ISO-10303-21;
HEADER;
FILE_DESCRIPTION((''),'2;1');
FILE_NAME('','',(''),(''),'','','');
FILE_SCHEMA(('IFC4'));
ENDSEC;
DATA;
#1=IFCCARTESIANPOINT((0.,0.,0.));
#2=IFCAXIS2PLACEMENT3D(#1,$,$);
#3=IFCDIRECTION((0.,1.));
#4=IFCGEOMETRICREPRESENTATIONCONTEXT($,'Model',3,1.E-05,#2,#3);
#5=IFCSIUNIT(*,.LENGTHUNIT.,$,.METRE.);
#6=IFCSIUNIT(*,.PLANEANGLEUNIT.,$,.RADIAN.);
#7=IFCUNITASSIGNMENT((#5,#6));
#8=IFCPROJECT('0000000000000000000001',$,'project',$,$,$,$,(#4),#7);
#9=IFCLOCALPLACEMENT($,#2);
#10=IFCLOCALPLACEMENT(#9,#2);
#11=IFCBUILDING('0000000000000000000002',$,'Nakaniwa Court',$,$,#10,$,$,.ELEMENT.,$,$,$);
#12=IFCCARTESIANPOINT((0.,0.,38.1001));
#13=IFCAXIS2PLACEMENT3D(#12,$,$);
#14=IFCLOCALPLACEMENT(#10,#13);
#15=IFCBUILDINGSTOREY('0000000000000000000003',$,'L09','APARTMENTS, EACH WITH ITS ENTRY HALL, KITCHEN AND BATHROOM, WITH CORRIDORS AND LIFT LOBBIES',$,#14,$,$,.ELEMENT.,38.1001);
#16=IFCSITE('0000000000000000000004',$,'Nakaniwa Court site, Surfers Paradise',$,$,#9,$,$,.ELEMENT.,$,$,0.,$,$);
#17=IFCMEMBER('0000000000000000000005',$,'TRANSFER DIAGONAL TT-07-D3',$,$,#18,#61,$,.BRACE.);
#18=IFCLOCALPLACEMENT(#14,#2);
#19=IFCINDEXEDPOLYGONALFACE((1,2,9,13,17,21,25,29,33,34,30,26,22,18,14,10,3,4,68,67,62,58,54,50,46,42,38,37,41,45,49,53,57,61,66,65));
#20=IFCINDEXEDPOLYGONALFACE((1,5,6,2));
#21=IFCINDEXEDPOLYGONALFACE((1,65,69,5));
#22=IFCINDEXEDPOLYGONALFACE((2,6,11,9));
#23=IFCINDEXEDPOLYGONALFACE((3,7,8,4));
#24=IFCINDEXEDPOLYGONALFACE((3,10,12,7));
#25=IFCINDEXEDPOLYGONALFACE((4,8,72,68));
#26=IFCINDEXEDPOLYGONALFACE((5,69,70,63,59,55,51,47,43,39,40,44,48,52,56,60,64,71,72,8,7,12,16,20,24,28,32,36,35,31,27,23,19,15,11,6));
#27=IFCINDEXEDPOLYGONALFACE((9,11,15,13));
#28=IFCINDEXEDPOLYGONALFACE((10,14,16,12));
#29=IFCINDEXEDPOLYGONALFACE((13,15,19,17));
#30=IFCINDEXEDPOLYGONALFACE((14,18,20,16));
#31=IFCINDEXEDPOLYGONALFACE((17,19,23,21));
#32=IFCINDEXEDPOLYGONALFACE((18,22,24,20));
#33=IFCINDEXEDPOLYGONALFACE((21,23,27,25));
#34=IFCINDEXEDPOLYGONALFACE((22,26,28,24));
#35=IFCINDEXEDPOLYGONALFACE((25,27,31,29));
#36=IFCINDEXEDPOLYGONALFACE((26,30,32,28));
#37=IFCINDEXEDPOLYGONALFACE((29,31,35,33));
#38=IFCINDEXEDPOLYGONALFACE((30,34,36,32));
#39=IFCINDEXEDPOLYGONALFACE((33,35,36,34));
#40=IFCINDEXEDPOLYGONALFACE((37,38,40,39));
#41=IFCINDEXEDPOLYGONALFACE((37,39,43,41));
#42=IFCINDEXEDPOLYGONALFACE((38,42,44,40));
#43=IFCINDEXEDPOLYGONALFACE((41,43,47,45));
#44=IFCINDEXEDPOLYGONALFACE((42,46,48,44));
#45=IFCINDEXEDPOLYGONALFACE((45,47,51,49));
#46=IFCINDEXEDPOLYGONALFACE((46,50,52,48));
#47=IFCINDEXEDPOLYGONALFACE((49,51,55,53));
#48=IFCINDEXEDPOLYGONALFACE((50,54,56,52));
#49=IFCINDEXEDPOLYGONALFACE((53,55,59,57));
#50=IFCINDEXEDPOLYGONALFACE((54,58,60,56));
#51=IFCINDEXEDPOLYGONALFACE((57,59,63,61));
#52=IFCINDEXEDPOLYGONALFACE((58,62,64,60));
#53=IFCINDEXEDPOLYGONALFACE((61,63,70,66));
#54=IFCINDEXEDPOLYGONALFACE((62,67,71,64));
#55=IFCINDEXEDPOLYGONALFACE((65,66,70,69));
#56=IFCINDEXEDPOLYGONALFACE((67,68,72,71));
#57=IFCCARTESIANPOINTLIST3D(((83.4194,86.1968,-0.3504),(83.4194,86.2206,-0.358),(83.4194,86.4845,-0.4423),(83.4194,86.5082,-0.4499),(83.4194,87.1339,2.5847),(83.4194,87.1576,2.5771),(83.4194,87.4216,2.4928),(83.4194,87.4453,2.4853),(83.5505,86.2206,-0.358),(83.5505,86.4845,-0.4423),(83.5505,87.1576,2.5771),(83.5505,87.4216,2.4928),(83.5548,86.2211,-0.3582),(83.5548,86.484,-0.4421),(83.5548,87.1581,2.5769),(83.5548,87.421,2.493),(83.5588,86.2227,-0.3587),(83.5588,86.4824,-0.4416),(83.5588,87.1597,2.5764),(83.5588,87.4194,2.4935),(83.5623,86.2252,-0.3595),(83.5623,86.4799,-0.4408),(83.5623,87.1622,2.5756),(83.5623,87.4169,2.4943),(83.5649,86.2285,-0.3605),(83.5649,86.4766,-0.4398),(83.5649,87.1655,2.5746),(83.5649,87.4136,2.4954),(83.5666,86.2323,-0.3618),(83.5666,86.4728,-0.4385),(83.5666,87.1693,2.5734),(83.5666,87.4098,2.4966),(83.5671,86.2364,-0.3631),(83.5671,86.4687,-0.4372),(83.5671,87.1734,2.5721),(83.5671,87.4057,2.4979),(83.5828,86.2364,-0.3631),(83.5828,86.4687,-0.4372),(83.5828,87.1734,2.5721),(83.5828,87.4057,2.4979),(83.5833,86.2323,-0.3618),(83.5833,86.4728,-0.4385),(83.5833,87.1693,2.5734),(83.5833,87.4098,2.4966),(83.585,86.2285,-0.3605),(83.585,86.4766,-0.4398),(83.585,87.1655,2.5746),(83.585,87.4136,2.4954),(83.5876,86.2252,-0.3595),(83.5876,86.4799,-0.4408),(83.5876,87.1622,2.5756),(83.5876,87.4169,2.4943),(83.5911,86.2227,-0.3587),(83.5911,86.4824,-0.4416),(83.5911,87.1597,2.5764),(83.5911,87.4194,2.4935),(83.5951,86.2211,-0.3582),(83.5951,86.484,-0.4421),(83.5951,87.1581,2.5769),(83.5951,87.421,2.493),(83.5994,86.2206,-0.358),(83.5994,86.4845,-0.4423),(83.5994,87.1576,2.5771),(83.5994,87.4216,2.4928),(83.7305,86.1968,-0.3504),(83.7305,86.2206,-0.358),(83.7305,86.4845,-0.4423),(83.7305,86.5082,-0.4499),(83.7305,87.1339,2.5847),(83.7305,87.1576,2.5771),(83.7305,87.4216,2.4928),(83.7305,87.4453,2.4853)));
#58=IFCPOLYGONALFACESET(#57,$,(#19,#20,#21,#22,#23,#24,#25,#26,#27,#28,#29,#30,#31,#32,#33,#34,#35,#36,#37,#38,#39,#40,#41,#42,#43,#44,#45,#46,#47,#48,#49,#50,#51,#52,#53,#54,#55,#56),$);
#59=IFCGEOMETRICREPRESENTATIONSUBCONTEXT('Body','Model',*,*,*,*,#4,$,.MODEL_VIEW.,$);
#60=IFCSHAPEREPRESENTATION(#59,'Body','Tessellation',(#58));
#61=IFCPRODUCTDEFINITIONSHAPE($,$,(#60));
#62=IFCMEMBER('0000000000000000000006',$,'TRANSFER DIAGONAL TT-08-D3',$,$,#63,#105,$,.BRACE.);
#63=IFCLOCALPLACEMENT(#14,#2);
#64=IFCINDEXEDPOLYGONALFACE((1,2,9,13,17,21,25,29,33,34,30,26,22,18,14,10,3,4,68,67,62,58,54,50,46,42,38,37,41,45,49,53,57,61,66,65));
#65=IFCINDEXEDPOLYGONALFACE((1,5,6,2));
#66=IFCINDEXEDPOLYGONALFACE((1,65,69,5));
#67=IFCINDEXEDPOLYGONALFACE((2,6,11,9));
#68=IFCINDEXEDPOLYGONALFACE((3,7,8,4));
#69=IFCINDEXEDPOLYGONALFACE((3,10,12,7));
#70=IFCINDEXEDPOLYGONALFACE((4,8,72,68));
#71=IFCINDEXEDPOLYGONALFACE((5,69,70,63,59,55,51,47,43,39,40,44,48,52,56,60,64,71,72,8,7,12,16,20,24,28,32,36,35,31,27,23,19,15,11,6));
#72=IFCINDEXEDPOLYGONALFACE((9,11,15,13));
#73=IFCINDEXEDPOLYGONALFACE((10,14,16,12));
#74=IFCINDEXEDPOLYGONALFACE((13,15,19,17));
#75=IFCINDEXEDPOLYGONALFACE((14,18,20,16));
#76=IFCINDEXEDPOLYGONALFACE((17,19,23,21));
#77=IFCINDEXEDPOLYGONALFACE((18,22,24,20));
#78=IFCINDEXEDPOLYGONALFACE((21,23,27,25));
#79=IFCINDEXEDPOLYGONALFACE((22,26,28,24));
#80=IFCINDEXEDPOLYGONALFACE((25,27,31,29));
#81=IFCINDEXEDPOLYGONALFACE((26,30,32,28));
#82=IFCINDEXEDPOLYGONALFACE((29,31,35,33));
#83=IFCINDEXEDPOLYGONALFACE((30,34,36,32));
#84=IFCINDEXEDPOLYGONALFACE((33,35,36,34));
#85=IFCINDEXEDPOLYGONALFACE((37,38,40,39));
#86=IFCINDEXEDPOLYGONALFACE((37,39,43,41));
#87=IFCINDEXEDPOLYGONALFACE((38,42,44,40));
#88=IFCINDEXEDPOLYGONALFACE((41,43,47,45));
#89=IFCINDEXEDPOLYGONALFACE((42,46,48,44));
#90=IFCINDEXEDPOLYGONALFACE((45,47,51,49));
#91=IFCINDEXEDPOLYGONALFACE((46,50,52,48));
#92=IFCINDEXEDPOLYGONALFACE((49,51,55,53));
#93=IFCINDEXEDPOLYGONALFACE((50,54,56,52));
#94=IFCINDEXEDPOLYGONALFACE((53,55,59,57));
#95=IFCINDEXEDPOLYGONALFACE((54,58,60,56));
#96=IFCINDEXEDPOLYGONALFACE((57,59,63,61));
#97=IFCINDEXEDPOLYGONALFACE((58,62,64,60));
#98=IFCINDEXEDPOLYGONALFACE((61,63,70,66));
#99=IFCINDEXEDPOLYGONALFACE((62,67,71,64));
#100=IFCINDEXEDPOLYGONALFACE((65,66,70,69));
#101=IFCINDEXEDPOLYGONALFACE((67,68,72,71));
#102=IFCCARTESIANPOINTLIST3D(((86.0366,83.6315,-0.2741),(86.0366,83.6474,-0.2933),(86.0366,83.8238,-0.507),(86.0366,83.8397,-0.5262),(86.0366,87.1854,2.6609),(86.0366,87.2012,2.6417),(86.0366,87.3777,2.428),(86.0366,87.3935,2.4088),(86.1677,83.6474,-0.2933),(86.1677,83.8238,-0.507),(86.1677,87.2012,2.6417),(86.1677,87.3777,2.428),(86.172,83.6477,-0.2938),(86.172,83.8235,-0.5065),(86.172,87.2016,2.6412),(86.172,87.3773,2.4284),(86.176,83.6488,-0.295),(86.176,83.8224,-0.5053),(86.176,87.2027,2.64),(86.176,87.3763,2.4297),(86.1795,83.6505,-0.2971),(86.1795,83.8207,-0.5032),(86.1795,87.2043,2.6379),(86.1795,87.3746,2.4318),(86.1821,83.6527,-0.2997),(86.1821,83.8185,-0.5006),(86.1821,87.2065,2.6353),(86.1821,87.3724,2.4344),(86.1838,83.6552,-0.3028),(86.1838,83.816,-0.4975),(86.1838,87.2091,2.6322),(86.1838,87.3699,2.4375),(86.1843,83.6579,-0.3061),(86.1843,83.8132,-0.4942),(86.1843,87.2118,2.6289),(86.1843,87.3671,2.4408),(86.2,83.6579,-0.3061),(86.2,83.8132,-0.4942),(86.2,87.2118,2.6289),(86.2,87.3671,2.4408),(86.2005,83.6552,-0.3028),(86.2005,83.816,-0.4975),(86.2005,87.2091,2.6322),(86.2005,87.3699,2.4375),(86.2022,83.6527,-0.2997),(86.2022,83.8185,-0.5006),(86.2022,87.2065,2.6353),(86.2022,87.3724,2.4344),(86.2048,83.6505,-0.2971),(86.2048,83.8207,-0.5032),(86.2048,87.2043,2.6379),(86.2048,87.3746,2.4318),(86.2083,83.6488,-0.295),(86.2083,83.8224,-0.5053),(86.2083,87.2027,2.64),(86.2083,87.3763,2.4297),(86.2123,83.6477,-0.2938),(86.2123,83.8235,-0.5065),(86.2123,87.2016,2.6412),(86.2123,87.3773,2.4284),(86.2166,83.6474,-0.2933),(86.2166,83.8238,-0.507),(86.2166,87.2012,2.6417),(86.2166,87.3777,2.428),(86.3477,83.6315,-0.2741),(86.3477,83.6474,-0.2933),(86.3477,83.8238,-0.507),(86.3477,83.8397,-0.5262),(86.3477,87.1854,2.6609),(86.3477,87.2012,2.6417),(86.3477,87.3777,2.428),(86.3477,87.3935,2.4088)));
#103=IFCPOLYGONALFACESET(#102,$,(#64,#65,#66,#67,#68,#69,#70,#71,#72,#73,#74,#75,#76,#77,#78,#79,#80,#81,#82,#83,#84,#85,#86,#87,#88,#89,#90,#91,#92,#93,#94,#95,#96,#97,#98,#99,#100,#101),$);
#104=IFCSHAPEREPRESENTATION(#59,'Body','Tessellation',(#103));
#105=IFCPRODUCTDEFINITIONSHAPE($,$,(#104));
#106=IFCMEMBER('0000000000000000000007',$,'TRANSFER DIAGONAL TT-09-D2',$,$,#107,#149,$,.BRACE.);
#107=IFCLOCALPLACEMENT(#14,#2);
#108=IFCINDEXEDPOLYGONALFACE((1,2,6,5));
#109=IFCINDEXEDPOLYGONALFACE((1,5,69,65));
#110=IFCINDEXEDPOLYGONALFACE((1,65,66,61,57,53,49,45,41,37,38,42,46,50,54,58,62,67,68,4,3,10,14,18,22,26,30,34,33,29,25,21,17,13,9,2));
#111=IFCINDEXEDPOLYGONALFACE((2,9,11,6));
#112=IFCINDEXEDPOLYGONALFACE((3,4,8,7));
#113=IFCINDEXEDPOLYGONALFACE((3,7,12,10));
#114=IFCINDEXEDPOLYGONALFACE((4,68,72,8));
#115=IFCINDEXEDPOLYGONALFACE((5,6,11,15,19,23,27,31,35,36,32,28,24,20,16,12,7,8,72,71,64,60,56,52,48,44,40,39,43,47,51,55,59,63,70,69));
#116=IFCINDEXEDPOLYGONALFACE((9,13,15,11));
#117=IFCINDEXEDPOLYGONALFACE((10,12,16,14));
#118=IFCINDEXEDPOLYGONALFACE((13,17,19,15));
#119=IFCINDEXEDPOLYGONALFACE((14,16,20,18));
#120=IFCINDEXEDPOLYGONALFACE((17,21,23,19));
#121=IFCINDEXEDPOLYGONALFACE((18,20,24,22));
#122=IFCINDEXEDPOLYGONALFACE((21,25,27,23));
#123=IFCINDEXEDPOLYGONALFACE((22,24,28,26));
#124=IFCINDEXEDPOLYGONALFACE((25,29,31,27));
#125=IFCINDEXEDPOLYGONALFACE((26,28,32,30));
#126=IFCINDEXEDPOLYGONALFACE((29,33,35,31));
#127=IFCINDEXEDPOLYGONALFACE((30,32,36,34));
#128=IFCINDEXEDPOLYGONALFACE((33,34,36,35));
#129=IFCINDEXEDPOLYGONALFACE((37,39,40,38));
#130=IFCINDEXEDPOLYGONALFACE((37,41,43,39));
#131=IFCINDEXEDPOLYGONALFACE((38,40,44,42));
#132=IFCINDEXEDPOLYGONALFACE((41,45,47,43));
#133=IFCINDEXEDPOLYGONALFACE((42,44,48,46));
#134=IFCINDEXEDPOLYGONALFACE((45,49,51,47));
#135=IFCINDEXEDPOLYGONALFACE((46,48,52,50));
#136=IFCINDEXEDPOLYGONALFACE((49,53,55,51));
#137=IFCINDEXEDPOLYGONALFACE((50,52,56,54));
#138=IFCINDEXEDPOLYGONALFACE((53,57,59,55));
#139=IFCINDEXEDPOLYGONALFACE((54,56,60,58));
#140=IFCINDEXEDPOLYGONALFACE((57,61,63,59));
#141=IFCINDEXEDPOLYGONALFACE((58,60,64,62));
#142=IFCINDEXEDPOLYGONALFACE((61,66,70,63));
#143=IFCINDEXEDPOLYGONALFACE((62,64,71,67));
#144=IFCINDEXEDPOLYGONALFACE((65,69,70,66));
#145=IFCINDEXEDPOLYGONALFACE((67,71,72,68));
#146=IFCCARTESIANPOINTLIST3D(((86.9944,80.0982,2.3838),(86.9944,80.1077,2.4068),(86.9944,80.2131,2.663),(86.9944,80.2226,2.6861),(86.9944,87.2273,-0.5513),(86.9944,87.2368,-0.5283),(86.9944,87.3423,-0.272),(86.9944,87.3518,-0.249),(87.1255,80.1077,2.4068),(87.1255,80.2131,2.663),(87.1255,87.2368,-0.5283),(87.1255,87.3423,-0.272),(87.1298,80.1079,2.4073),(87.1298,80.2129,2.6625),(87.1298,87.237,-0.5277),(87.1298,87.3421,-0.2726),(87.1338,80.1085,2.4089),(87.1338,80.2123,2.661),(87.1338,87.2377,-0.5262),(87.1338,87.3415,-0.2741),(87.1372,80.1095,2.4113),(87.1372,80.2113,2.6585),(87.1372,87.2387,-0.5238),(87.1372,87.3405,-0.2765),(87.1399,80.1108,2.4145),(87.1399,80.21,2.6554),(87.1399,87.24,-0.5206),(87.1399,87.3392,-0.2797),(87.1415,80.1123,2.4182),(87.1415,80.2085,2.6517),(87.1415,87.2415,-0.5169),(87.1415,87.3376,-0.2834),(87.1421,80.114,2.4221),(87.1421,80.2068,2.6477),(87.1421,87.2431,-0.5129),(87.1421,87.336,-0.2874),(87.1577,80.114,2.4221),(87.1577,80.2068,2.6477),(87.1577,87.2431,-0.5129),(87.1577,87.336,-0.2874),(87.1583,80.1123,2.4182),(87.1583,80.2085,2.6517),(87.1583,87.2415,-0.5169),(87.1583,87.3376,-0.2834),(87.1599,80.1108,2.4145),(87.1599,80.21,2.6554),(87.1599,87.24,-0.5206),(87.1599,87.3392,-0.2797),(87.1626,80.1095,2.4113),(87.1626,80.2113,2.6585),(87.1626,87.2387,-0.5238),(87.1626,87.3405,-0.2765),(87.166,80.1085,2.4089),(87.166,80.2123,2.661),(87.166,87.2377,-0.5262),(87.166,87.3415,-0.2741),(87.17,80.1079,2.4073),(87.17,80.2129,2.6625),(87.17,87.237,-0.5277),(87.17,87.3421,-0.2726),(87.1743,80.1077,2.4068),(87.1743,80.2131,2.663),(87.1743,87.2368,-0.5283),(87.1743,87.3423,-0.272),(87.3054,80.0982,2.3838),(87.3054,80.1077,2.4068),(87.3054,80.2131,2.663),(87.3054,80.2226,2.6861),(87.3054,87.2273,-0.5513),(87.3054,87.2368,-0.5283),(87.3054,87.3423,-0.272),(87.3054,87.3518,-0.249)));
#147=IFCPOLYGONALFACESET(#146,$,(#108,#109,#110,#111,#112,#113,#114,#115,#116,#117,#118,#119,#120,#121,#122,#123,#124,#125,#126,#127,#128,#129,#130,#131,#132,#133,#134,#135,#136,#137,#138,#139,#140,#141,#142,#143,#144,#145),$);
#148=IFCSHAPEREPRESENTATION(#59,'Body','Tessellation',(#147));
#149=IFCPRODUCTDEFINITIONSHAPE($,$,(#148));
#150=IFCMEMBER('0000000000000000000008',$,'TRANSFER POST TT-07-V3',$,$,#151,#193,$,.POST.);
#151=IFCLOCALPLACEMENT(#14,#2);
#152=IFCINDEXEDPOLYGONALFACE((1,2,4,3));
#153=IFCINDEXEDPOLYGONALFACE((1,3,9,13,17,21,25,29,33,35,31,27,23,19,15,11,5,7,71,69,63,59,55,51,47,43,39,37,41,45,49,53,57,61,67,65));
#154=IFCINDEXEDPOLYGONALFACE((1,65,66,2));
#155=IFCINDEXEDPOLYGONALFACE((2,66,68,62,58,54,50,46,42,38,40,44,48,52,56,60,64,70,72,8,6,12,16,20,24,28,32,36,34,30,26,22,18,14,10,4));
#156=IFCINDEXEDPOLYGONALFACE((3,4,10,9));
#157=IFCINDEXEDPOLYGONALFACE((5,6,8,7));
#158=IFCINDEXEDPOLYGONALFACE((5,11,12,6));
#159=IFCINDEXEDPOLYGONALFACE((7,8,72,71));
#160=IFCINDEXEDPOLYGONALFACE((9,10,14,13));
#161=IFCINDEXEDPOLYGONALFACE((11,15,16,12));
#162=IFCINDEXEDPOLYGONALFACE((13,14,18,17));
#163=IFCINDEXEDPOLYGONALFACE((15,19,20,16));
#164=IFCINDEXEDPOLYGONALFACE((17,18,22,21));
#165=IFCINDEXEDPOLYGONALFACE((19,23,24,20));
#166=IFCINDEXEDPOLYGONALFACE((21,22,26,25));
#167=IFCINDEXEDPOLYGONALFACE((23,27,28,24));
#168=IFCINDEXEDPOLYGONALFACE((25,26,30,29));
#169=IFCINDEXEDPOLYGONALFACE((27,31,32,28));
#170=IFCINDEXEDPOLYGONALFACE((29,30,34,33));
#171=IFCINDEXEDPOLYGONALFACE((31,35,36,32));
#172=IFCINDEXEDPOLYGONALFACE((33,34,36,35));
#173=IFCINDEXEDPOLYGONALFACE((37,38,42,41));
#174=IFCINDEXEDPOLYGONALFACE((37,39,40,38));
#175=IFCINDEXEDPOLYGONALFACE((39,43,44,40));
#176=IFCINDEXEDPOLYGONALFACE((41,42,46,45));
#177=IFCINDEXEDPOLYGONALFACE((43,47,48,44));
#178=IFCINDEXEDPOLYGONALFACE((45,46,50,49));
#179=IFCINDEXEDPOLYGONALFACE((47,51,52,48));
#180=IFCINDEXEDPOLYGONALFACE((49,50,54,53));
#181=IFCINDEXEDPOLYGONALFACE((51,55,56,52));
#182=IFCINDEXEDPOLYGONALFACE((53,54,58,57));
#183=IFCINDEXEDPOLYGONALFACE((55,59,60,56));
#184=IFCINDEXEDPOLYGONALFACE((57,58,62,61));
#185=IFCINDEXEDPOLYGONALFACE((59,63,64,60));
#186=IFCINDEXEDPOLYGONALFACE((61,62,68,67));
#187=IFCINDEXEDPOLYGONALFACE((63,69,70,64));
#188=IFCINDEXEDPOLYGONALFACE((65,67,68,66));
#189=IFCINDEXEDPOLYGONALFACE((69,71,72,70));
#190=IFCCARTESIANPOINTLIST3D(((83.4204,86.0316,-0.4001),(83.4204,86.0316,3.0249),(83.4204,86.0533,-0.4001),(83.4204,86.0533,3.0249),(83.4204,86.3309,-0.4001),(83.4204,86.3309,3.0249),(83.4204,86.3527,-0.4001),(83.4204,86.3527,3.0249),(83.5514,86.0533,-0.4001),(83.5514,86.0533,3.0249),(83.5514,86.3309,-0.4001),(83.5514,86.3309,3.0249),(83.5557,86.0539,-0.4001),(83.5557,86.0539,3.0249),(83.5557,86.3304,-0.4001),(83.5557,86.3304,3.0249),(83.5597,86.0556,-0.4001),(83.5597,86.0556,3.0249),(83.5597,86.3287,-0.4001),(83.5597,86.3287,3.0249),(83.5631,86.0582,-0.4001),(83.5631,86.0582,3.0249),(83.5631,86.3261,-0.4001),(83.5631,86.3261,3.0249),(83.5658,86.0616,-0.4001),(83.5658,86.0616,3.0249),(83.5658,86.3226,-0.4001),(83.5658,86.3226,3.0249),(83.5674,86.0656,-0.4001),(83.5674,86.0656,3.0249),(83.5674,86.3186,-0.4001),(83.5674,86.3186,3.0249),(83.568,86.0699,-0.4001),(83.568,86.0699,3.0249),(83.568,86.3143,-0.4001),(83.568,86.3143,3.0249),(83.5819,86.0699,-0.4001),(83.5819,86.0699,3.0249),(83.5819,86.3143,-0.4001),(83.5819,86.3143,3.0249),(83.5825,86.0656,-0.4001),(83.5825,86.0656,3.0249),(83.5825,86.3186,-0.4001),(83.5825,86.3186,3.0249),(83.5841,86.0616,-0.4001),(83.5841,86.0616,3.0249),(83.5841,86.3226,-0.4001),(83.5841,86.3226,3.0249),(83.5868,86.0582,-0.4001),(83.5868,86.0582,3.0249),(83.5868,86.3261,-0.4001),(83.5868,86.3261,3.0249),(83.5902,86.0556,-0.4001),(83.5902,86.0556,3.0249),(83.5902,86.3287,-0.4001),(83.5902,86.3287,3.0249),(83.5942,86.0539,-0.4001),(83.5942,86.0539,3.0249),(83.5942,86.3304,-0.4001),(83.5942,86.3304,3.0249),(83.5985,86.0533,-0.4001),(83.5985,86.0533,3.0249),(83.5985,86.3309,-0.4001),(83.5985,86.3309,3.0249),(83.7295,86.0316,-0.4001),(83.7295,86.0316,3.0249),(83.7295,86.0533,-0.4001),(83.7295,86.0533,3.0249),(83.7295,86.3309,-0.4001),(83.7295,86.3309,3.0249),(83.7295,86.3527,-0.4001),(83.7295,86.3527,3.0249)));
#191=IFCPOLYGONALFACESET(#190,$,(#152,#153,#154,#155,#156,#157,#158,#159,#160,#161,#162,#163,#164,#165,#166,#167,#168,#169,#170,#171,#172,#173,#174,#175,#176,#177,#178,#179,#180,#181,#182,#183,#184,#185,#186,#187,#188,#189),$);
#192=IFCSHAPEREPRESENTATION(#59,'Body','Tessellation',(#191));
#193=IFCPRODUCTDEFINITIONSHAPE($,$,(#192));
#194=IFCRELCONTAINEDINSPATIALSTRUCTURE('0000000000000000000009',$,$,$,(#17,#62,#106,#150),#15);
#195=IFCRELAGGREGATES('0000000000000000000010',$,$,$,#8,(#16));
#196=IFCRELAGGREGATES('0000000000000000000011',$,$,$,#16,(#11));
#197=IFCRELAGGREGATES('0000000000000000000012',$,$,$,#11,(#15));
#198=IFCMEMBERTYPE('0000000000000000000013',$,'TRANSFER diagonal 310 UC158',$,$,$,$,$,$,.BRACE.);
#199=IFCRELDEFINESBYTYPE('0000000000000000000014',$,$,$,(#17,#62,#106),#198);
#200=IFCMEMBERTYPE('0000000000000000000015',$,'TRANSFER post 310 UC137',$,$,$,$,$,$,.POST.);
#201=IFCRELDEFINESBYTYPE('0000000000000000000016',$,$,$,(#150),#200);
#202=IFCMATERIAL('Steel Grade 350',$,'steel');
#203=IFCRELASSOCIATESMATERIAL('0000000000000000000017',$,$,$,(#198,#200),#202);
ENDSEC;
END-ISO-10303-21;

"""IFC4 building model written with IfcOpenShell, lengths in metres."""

from ifc_helpers import new_model, si_unit, direction, frame, origin, origin_2d, place, context, subcontext, project, spatial, i_section, extrude, material, material_profile, profile_set, type_object, element, save


model = new_model("IFC4")

# Units and contexts
model_context = context("Model", 3, precision=1e-05, world=origin(), true_north=direction((0.0, 1.0)))
body_context = subcontext(model_context, "Body", "Model", "MODEL_VIEW")
ifc_project = project(units=[si_unit("LENGTHUNIT", "METRE"), si_unit("PLANEANGLEUNIT", "RADIAN")], contexts=[model_context])

# Site, building, storey
site_placement = place(None, origin())
site = spatial("IfcSite", under=ifc_project, at=site_placement, Name="Nakaniwa Court site, Surfers Paradise", CompositionType="ELEMENT", RefElevation=0.0)
building_placement = place(site_placement, origin())
building = spatial("IfcBuilding", under=site, at=building_placement, Name="Nakaniwa Court", CompositionType="ELEMENT")
storey_placement = place(building_placement, frame((0.0, 0.0, 38.1001)))
storey = spatial("IfcBuildingStorey", under=building, at=storey_placement, Name="L09", Description="APARTMENTS, EACH WITH ITS ENTRY HALL, KITCHEN AND BATHROOM, WITH CORRIDORS AND LIFT LOBBIES", CompositionType="ELEMENT", Elevation=38.1001)

# Members
ifc_material_1 = material(Name="Steel Grade 350", Category="steel")
ifc_material_profile_1 = material_profile(ifc_material_1, i_section(OverallWidth=0.311, OverallDepth=0.3269, WebThickness=0.0156, FlangeThickness=0.0249, FilletRadius=0.0166, at=origin_2d()), Name="310UC158")
ifc_profile_set_1 = profile_set([ifc_material_profile_1], Name="Steel Grade 350")
member_type_1 = type_object("IfcMemberType", Name="TRANSFER diagonal 310 UC158", PredefinedType="BRACE", material=ifc_profile_set_1)
member_1_placement = place(storey_placement, frame((83.575, 86.3525, -0.4001), z_axis=(0.0, 0.304126, 0.952632), x_axis=(-1.0, 0.0, 0.0)))
element("IfcMember", 1, at=member_1_placement, inside=storey, type_object=member_type_1, Name="TRANSFER DIAGONAL TT-07-D3", PredefinedType="BRACE", context=body_context, shape_type="SweptSolid", body=[
    extrude(i_section(OverallWidth=0.311, OverallDepth=0.3269, WebThickness=0.0156, FlangeThickness=0.0249, FilletRadius=0.0166, at=origin_2d()), origin(), (0.0, 0.0, 1.0), 3.0811),
])
member_2_placement = place(storey_placement, frame((86.1921, 83.7356, -0.4001), z_axis=(0.0, 0.771049, 0.636776), x_axis=(-1.0, 0.0, 0.0)))
element("IfcMember", 2, at=member_2_placement, inside=storey, type_object=member_type_1, Name="TRANSFER DIAGONAL TT-08-D3", PredefinedType="BRACE", context=body_context, shape_type="SweptSolid", body=[
    extrude(i_section(OverallWidth=0.311, OverallDepth=0.3269, WebThickness=0.0156, FlangeThickness=0.0249, FilletRadius=0.0166, at=origin_2d()), origin(), (0.0, 0.0, 1.0), 4.6091),
])
member_3_placement = place(storey_placement, frame((87.1499, 80.1604, 2.5349), z_axis=(0.0, 0.9247, -0.380697), x_axis=(-1.0, 0.0, 0.0)))
element("IfcMember", 3, at=member_3_placement, inside=storey, type_object=member_type_1, Name="TRANSFER DIAGONAL TT-09-D2", PredefinedType="BRACE", context=body_context, shape_type="SweptSolid", body=[
    extrude(i_section(OverallWidth=0.311, OverallDepth=0.3269, WebThickness=0.0156, FlangeThickness=0.0249, FilletRadius=0.0166, at=origin_2d()), origin(), (0.0, 0.0, 1.0), 7.7097),
])
ifc_material_profile_2 = material_profile(ifc_material_1, i_section(OverallWidth=0.3091, OverallDepth=0.321, WebThickness=0.0139, FlangeThickness=0.0217, FilletRadius=0.0166, at=origin_2d()), Name="310UC137")
ifc_profile_set_2 = profile_set([ifc_material_profile_2], Name="Steel Grade 350")
member_type_2 = type_object("IfcMemberType", Name="TRANSFER post 310 UC137", PredefinedType="POST", material=ifc_profile_set_2)
for number, where, z_axis, x_axis, name in (
    (4, (83.575, 86.1921, -0.4001), (0.0, 0.0, 1.0), (1.0, 0.0, 0.0), "TRANSFER POST TT-07-V3"),
):
    element("IfcMember", number, at=place(storey_placement, frame(where, z_axis=z_axis, x_axis=x_axis)), inside=storey, type_object=member_type_2, Name=name, PredefinedType="POST", context=body_context, shape_type="SweptSolid", body=[
        extrude(i_section(OverallWidth=0.3091, OverallDepth=0.321, WebThickness=0.0139, FlangeThickness=0.0217, FilletRadius=0.0166, at=origin_2d()), origin(), (0.0, 0.0, 1.0), 3.425),
    ])

save(model, "model.ifc")
